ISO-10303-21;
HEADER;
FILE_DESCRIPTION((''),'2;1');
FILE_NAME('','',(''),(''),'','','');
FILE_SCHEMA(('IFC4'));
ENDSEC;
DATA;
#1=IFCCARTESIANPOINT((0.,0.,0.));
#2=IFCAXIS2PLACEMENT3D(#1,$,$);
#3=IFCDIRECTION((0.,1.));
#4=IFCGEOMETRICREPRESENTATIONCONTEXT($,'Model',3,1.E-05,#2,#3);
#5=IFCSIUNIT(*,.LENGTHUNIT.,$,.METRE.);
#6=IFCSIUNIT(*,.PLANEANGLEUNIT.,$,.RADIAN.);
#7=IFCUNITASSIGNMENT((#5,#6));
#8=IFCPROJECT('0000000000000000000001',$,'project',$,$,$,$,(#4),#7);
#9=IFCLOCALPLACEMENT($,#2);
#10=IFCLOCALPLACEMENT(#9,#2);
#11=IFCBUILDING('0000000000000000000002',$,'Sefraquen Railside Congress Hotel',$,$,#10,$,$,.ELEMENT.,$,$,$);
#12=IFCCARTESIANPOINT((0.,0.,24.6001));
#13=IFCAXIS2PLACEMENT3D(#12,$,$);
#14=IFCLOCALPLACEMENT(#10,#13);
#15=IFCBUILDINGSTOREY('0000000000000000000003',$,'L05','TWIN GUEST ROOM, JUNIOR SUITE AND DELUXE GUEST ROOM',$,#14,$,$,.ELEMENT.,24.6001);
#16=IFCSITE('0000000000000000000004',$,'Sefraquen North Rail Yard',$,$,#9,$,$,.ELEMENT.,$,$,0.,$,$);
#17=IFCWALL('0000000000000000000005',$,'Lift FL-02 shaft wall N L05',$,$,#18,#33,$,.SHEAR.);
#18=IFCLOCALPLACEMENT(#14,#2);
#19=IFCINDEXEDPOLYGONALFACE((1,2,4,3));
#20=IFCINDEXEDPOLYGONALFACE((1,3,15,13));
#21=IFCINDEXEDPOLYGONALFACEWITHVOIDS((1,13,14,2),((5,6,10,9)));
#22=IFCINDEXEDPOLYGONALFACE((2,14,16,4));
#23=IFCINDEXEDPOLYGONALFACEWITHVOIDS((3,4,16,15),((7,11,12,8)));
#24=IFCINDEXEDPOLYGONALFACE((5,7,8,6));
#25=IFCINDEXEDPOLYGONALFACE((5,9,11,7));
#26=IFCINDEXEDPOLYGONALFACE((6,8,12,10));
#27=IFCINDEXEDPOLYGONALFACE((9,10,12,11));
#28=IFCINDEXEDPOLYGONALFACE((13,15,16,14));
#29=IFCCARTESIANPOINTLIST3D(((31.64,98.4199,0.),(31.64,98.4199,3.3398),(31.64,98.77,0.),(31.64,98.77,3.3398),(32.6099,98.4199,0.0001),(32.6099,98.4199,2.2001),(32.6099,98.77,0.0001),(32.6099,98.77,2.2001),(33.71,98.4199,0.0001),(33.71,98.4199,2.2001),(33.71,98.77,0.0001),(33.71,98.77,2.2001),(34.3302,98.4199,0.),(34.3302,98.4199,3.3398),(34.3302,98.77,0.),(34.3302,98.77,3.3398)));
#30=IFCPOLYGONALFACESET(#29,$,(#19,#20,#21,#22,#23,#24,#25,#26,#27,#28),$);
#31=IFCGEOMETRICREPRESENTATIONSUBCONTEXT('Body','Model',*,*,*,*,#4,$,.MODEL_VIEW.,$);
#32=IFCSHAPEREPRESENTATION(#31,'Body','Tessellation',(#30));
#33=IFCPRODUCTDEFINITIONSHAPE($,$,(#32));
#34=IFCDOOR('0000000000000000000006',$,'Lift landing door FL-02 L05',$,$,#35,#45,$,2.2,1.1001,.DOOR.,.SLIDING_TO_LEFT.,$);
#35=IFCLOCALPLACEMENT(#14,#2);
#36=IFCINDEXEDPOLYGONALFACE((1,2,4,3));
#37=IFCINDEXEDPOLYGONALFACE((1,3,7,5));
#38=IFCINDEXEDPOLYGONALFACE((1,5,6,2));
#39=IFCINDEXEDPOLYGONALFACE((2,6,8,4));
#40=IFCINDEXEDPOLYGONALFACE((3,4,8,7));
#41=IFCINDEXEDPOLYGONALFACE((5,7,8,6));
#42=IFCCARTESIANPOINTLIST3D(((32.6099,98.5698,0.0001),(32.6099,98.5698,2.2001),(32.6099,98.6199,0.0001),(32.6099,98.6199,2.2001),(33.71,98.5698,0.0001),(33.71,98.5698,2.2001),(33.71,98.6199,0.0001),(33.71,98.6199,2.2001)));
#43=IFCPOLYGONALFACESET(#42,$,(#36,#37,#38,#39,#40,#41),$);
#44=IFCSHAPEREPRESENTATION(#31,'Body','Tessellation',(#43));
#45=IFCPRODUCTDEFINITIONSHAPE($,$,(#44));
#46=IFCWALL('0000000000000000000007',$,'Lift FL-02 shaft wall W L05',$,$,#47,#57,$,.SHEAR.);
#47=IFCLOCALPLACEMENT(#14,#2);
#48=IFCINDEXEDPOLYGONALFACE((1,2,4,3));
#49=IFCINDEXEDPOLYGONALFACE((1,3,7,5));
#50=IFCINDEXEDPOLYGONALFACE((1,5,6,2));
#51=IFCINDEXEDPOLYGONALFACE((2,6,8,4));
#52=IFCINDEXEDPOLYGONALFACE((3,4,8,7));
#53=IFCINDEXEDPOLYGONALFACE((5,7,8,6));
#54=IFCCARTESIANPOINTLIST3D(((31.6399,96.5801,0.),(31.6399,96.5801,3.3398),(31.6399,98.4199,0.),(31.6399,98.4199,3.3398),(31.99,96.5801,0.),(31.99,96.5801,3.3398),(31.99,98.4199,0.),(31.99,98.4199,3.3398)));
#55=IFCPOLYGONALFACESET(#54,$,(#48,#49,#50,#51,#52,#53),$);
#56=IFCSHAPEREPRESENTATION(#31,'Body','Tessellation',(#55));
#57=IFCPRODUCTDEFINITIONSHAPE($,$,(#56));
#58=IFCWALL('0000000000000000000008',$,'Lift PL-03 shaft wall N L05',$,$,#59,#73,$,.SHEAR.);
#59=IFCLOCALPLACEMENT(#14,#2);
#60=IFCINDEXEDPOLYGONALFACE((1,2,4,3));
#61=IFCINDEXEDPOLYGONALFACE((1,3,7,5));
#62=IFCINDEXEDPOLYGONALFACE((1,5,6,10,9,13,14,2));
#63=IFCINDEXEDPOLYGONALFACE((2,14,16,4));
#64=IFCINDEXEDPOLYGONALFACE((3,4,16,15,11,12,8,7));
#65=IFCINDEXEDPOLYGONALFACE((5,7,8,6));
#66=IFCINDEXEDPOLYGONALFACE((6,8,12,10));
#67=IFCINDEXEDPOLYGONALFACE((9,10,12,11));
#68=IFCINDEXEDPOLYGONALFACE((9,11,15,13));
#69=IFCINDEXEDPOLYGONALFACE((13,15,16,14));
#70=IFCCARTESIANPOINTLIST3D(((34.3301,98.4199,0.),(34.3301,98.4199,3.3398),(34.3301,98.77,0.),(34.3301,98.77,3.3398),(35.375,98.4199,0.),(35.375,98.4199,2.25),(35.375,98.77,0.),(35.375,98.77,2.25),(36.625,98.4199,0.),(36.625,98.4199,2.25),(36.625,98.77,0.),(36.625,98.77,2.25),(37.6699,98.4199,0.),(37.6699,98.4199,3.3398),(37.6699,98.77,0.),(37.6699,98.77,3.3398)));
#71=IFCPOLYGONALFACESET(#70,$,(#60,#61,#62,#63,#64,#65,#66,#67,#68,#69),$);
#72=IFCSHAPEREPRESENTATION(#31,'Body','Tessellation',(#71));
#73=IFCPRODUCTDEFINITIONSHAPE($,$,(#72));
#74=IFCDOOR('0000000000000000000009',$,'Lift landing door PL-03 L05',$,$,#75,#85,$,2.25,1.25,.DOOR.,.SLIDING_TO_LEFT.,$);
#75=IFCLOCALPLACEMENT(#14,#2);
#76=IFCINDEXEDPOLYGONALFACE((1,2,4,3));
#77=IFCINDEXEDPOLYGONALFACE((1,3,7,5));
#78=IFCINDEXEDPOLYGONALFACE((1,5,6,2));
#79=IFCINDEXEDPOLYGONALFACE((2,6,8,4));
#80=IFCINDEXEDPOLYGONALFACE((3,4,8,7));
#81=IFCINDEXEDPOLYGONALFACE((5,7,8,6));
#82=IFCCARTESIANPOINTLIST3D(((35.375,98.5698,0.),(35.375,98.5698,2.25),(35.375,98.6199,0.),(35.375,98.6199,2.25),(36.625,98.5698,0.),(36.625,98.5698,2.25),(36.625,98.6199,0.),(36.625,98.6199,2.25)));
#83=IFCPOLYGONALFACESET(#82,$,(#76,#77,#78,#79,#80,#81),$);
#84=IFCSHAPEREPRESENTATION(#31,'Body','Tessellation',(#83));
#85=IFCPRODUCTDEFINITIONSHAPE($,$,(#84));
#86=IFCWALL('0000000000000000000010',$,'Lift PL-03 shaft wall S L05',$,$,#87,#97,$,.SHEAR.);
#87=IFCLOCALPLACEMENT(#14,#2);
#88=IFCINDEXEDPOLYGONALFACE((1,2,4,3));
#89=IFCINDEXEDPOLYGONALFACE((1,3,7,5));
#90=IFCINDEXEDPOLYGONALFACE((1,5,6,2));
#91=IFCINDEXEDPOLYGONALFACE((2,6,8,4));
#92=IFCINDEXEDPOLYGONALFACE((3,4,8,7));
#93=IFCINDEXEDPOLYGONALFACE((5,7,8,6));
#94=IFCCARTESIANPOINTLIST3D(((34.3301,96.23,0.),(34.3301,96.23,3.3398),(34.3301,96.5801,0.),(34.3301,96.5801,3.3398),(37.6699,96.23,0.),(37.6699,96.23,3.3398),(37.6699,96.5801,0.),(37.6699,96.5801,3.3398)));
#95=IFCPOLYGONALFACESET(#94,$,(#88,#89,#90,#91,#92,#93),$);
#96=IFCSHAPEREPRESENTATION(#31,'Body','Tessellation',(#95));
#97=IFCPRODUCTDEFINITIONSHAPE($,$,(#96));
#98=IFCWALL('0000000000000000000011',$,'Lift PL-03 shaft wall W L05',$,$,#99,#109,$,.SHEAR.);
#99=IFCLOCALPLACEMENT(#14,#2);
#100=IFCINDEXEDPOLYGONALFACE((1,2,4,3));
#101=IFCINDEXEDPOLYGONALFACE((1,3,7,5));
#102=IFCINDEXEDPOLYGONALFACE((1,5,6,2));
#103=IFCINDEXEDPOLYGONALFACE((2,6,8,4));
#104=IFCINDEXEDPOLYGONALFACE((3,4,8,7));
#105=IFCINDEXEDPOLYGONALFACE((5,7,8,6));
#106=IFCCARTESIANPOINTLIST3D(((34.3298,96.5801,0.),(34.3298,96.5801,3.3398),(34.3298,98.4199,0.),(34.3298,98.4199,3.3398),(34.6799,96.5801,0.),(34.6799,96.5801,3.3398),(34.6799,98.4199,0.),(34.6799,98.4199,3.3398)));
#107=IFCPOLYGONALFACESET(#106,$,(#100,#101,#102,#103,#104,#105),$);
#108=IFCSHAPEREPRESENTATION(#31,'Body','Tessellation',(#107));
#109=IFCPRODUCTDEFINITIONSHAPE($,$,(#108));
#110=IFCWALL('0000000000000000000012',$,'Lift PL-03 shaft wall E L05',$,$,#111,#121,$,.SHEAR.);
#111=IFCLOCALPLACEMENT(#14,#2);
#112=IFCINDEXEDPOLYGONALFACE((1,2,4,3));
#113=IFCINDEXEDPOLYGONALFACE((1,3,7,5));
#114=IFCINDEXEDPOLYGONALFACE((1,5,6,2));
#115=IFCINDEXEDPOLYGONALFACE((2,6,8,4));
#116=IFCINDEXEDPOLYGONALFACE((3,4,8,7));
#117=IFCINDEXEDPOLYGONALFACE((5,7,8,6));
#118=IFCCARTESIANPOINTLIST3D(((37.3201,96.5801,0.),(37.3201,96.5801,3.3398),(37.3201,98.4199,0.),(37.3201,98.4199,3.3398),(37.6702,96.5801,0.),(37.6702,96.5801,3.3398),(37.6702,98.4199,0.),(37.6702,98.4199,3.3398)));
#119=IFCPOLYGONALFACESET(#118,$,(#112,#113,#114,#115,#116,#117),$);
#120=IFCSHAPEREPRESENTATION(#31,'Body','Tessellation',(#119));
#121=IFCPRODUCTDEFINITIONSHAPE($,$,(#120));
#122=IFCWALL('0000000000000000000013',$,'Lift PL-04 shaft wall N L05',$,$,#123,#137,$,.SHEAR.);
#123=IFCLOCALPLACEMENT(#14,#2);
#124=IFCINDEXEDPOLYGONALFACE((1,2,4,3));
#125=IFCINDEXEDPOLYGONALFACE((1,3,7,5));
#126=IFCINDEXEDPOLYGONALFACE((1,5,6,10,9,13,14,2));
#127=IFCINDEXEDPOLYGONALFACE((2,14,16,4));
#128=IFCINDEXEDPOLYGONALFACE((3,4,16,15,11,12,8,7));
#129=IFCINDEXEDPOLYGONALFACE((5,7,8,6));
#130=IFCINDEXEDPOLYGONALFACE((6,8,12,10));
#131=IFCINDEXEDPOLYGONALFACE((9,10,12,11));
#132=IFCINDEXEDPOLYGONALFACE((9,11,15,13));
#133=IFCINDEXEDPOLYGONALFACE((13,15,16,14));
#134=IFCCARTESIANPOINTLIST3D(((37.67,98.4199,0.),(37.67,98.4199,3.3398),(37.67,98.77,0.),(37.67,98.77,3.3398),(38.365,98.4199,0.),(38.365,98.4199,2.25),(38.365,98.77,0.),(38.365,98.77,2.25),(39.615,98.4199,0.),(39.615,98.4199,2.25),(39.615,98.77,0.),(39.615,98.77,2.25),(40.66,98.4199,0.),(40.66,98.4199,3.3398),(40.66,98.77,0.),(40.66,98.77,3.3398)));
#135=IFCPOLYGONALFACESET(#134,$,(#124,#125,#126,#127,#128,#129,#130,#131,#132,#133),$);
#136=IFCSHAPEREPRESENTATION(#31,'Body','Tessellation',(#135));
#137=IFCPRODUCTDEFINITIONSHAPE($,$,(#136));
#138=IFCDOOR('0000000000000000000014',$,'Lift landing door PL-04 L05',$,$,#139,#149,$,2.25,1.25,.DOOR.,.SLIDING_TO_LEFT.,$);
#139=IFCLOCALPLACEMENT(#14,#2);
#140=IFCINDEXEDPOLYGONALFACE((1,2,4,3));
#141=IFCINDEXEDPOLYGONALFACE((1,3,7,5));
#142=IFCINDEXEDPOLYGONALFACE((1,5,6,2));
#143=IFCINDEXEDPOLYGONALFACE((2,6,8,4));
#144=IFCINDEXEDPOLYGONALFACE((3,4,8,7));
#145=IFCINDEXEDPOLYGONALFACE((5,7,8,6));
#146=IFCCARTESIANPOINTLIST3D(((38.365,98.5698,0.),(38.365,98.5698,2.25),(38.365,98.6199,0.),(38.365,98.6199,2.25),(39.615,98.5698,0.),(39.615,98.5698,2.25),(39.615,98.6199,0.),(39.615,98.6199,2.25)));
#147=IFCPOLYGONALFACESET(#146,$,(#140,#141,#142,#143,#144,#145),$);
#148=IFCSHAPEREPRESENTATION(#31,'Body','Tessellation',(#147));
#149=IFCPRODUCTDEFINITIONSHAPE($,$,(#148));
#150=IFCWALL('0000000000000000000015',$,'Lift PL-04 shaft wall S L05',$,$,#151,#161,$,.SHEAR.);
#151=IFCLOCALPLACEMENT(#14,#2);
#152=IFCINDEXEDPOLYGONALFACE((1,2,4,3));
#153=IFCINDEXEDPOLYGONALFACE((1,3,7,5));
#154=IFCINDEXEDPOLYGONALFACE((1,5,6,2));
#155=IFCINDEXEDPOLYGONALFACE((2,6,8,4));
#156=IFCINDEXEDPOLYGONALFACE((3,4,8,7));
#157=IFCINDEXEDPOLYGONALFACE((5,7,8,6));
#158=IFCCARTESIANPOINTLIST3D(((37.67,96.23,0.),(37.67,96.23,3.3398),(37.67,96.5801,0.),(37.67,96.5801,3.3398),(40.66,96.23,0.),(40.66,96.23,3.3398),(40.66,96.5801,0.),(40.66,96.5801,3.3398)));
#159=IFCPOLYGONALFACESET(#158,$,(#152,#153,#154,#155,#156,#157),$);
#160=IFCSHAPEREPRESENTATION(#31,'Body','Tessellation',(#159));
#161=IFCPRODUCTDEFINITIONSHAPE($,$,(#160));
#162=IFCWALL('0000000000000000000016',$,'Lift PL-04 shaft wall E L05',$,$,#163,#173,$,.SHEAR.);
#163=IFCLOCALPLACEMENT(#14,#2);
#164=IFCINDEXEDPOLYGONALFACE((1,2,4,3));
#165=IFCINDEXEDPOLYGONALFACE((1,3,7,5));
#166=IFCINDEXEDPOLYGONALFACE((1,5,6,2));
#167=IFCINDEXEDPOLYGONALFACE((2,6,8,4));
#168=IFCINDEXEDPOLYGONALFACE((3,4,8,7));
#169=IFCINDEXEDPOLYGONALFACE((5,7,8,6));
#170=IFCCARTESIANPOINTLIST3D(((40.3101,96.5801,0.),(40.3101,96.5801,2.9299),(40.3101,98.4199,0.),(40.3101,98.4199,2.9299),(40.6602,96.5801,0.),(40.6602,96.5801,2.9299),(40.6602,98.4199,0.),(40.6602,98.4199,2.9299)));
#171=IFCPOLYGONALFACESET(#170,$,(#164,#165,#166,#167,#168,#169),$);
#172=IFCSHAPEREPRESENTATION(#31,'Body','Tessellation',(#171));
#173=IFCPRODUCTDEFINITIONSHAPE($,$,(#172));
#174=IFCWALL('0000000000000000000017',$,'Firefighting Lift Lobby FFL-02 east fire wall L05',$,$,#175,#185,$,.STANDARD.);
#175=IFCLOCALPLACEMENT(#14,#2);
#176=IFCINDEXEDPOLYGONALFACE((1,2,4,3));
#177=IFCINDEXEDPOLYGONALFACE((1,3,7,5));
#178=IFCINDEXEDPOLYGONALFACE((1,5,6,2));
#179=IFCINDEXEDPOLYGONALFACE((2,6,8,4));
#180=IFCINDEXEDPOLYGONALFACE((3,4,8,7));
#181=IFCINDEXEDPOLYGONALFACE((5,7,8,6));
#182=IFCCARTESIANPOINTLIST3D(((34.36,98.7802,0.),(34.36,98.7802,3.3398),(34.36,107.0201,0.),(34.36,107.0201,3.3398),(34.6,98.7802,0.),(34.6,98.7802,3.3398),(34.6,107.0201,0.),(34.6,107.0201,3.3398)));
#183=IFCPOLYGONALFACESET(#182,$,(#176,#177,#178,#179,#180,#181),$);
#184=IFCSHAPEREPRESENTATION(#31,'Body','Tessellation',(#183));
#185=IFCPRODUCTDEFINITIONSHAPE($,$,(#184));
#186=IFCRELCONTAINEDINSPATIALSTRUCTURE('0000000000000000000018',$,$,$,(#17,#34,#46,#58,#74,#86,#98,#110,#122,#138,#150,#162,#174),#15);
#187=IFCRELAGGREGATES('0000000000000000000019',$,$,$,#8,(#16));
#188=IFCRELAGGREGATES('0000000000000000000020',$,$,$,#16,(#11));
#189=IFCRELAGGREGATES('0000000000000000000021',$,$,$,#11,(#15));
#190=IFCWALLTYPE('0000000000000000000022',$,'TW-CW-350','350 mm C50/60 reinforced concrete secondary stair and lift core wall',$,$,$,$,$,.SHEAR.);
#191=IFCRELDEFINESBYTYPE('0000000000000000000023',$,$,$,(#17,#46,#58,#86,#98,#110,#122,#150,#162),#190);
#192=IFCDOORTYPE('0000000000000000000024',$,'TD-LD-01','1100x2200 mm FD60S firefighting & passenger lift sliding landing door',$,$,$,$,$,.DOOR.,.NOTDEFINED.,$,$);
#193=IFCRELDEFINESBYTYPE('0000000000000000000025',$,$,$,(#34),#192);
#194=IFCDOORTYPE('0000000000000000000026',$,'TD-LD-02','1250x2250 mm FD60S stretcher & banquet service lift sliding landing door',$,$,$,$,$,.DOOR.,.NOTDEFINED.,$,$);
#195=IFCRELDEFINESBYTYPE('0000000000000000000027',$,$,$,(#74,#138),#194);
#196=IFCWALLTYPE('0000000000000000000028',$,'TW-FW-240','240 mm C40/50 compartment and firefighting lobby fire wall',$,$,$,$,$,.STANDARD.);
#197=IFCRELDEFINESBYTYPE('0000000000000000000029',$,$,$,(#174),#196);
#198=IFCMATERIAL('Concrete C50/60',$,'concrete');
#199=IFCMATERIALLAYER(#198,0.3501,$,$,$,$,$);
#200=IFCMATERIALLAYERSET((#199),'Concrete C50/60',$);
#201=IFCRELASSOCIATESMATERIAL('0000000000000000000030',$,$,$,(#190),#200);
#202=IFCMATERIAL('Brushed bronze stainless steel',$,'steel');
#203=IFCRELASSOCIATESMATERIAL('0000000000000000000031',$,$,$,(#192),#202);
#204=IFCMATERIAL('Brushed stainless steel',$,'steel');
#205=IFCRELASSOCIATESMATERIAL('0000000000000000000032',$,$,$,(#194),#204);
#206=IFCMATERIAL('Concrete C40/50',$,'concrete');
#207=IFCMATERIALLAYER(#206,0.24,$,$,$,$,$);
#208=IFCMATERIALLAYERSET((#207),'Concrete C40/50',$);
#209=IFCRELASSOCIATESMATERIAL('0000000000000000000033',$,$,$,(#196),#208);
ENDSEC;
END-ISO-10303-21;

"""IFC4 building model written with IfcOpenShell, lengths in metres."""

from ifc_helpers import new_model, si_unit, direction, frame, frame_2d, origin, place, context, subcontext, project, spatial, rectangle, extrude, material, layer, layer_set, type_object, element, fill, save


model = new_model("IFC4")

# Units and contexts
model_context = context("Model", 3, precision=1e-05, world=origin(), true_north=direction((0.0, 1.0)))
body_context = subcontext(model_context, "Body", "Model", "MODEL_VIEW")
ifc_project = project(units=[si_unit("LENGTHUNIT", "METRE"), si_unit("PLANEANGLEUNIT", "RADIAN")], contexts=[model_context])

# Site, building, storey
site_placement = place(None, origin())
site = spatial("IfcSite", under=ifc_project, at=site_placement, Name="Sefraquen North Rail Yard", CompositionType="ELEMENT", RefElevation=0.0)
building_placement = place(site_placement, origin())
building = spatial("IfcBuilding", under=site, at=building_placement, Name="Sefraquen Railside Congress Hotel", CompositionType="ELEMENT")
storey_placement = place(building_placement, frame((0.0, 0.0, 24.6001)))
storey = spatial("IfcBuildingStorey", under=building, at=storey_placement, Name="L05", Description="TWIN GUEST ROOM, JUNIOR SUITE AND DELUXE GUEST ROOM", CompositionType="ELEMENT", Elevation=24.6001)

# Wall, opening, door
ifc_material_1 = material(Name="Concrete C50/60", Category="concrete")
ifc_layer_1 = layer(ifc_material_1, 0.3501)
ifc_layer_set_1 = layer_set([ifc_layer_1], Name="Concrete C50/60")
wall_type_1 = type_object("IfcWallType", Name="TW-CW-350", Description="350 mm C50/60 reinforced concrete secondary stair and lift core wall", PredefinedType="SHEAR", material=ifc_layer_set_1)
wall_1_placement = place(storey_placement, frame((31.6399, 98.595, 0.0), z_axis=(0.0, 0.0, 1.0), x_axis=(1.0, 0.0, 0.0)))
wall_1 = element("IfcWall", 1, at=wall_1_placement, inside=storey, type_object=wall_type_1, Name="Lift FL-02 shaft wall N L05", PredefinedType="SHEAR", context=body_context, shape_type="SweptSolid", body=[
    extrude(rectangle(XDim=2.6902, YDim=0.3501, at=frame_2d((1.3452, 0.0))), origin(), (0.0, 0.0, 1.0), 3.3398),
])
opening_1_placement = place(wall_1_placement, frame((0.97, 0.0, 0.0)))
opening_1 = element("IfcOpeningElement", 2, at=opening_1_placement, cuts=wall_1, PredefinedType="OPENING", context=body_context, shape_type="SweptSolid", body=[
    extrude(rectangle(XDim=1.1001, YDim=2.2, at=frame_2d((0.55, 1.1001))), frame((0.0, 0.1851, 0.0), z_axis=(0.0, -1.0, 0.0), x_axis=(1.0, 0.0, 0.0)), (0.0, 0.0, 1.0), 0.3701),
])
ifc_material_2 = material(Name="Brushed bronze stainless steel", Category="steel")
door_type_1 = type_object("IfcDoorType", Name="TD-LD-01", Description="1100x2200 mm FD60S firefighting & passenger lift sliding landing door", OperationType="NOTDEFINED", PredefinedType="DOOR", material=ifc_material_2)
door_1_placement = place(opening_1_placement, origin())
door_1 = element("IfcDoor", 3, at=door_1_placement, inside=storey, type_object=door_type_1, Name="Lift landing door FL-02 L05", OperationType="SLIDING_TO_LEFT", OverallHeight=2.2, OverallWidth=1.1001, PredefinedType="DOOR", context=body_context, shape_type="SweptSolid", body=[
    extrude(rectangle(XDim=1.1001, YDim=2.2, at=frame_2d((0.55, 1.1001))), frame((0.0, 0.0249, 0.0), z_axis=(0.0, -1.0, 0.0), x_axis=(1.0, 0.0, 0.0)), (0.0, 0.0, 1.0), 0.05),
])
fill(opening_1, door_1)

# Wall
wall_2_placement = place(storey_placement, frame((31.8149, 96.5801, 0.0), z_axis=(0.0, 0.0, 1.0), x_axis=(0.0, 1.0, 0.0)))
element("IfcWall", 4, at=wall_2_placement, inside=storey, type_object=wall_type_1, Name="Lift FL-02 shaft wall W L05", PredefinedType="SHEAR", context=body_context, shape_type="SweptSolid", body=[
    extrude(rectangle(XDim=1.8398, YDim=0.3501, at=frame_2d((0.9199, 0.0))), origin(), (0.0, 0.0, 1.0), 3.3398),
])

# Wall, opening, door
wall_3_placement = place(storey_placement, frame((34.3301, 98.595, 0.0), z_axis=(0.0, 0.0, 1.0), x_axis=(1.0, 0.0, 0.0)))
wall_3 = element("IfcWall", 5, at=wall_3_placement, inside=storey, type_object=wall_type_1, Name="Lift PL-03 shaft wall N L05", PredefinedType="SHEAR", context=body_context, shape_type="SweptSolid", body=[
    extrude(rectangle(XDim=3.3398, YDim=0.3501, at=frame_2d((1.6699, 0.0))), origin(), (0.0, 0.0, 1.0), 3.3398),
])
opening_2_placement = place(wall_3_placement, frame((1.0449, 0.0, 0.0)))
opening_2 = element("IfcOpeningElement", 6, at=opening_2_placement, cuts=wall_3, PredefinedType="OPENING", context=body_context, shape_type="SweptSolid", body=[
    extrude(rectangle(XDim=1.25, YDim=2.25, at=frame_2d((0.625, 1.125))), frame((0.0, 0.1851, 0.0), z_axis=(0.0, -1.0, 0.0), x_axis=(1.0, 0.0, 0.0)), (0.0, 0.0, 1.0), 0.3701),
])
ifc_material_3 = material(Name="Brushed stainless steel", Category="steel")
door_type_2 = type_object("IfcDoorType", Name="TD-LD-02", Description="1250x2250 mm FD60S stretcher & banquet service lift sliding landing door", OperationType="NOTDEFINED", PredefinedType="DOOR", material=ifc_material_3)
door_2_placement = place(opening_2_placement, origin())
door_2 = element("IfcDoor", 7, at=door_2_placement, inside=storey, type_object=door_type_2, Name="Lift landing door PL-03 L05", OperationType="SLIDING_TO_LEFT", OverallHeight=2.25, OverallWidth=1.25, PredefinedType="DOOR", context=body_context, shape_type="SweptSolid", body=[
    extrude(rectangle(XDim=1.25, YDim=2.25, at=frame_2d((0.625, 1.125))), frame((0.0, 0.0249, 0.0), z_axis=(0.0, -1.0, 0.0), x_axis=(1.0, 0.0, 0.0)), (0.0, 0.0, 1.0), 0.05),
])
fill(opening_2, door_2)

# Walls
wall_4_placement = place(storey_placement, frame((34.3301, 96.405, 0.0), z_axis=(0.0, 0.0, 1.0), x_axis=(1.0, 0.0, 0.0)))
element("IfcWall", 8, at=wall_4_placement, inside=storey, type_object=wall_type_1, Name="Lift PL-03 shaft wall S L05", PredefinedType="SHEAR", context=body_context, shape_type="SweptSolid", body=[
    extrude(rectangle(XDim=3.3398, YDim=0.3501, at=frame_2d((1.6699, 0.0))), origin(), (0.0, 0.0, 1.0), 3.3398),
])
for number, where, z_axis, x_axis, name in (
    (9, (34.5049, 96.5801, 0.0), (0.0, 0.0, 1.0), (0.0, 1.0, 0.0), "Lift PL-03 shaft wall W L05"),
    (10, (37.4951, 96.5801, 0.0), (0.0, 0.0, 1.0), (0.0, 1.0, 0.0), "Lift PL-03 shaft wall E L05"),
):
    element("IfcWall", number, at=place(storey_placement, frame(where, z_axis=z_axis, x_axis=x_axis)), inside=storey, type_object=wall_type_1, Name=name, PredefinedType="SHEAR", context=body_context, shape_type="SweptSolid", body=[
        extrude(rectangle(XDim=1.8398, YDim=0.3501, at=frame_2d((0.9199, 0.0))), origin(), (0.0, 0.0, 1.0), 3.3398),
    ])

# Wall, opening, door
wall_5_placement = place(storey_placement, frame((37.6699, 98.595, 0.0), z_axis=(0.0, 0.0, 1.0), x_axis=(1.0, 0.0, 0.0)))
wall_5 = element("IfcWall", 11, at=wall_5_placement, inside=storey, type_object=wall_type_1, Name="Lift PL-04 shaft wall N L05", PredefinedType="SHEAR", context=body_context, shape_type="SweptSolid", body=[
    extrude(rectangle(XDim=2.99, YDim=0.3501, at=frame_2d((1.4951, 0.0))), origin(), (0.0, 0.0, 1.0), 3.3398),
])
opening_3_placement = place(wall_5_placement, frame((0.6951, 0.0, 0.0)))
opening_3 = element("IfcOpeningElement", 12, at=opening_3_placement, cuts=wall_5, PredefinedType="OPENING", context=body_context, shape_type="SweptSolid", body=[
    extrude(rectangle(XDim=1.25, YDim=2.25, at=frame_2d((0.625, 1.125))), frame((0.0, 0.1851, 0.0), z_axis=(0.0, -1.0, 0.0), x_axis=(1.0, 0.0, 0.0)), (0.0, 0.0, 1.0), 0.3701),
])
door_3_placement = place(opening_3_placement, origin())
door_3 = element("IfcDoor", 13, at=door_3_placement, inside=storey, type_object=door_type_2, Name="Lift landing door PL-04 L05", OperationType="SLIDING_TO_LEFT", OverallHeight=2.25, OverallWidth=1.25, PredefinedType="DOOR", context=body_context, shape_type="SweptSolid", body=[
    extrude(rectangle(XDim=1.25, YDim=2.25, at=frame_2d((0.625, 1.125))), frame((0.0, 0.0249, 0.0), z_axis=(0.0, -1.0, 0.0), x_axis=(1.0, 0.0, 0.0)), (0.0, 0.0, 1.0), 0.05),
])
fill(opening_3, door_3)

# Walls
wall_6_placement = place(storey_placement, frame((37.6699, 96.405, 0.0), z_axis=(0.0, 0.0, 1.0), x_axis=(1.0, 0.0, 0.0)))
element("IfcWall", 14, at=wall_6_placement, inside=storey, type_object=wall_type_1, Name="Lift PL-04 shaft wall S L05", PredefinedType="SHEAR", context=body_context, shape_type="SweptSolid", body=[
    extrude(rectangle(XDim=2.99, YDim=0.3501, at=frame_2d((1.4951, 0.0))), origin(), (0.0, 0.0, 1.0), 3.3398),
])
wall_7_placement = place(storey_placement, frame((40.4851, 96.5801, 0.0), z_axis=(0.0, 0.0, 1.0), x_axis=(0.0, 1.0, 0.0)))
element("IfcWall", 15, at=wall_7_placement, inside=storey, type_object=wall_type_1, Name="Lift PL-04 shaft wall E L05", PredefinedType="SHEAR", context=body_context, shape_type="SweptSolid", body=[
    extrude(rectangle(XDim=1.8398, YDim=0.3501, at=frame_2d((0.9199, 0.0))), origin(), (0.0, 0.0, 1.0), 2.9299),
])
ifc_material_4 = material(Name="Concrete C40/50", Category="concrete")
ifc_layer_2 = layer(ifc_material_4, 0.24)
ifc_layer_set_2 = layer_set([ifc_layer_2], Name="Concrete C40/50")
wall_type_2 = type_object("IfcWallType", Name="TW-FW-240", Description="240 mm C40/50 compartment and firefighting lobby fire wall", PredefinedType="STANDARD", material=ifc_layer_set_2)
wall_8_placement = place(storey_placement, frame((34.48, 98.78, 0.0), z_axis=(0.0, 0.0, 1.0), x_axis=(0.0, 1.0, 0.0)))
element("IfcWall", 16, at=wall_8_placement, inside=storey, type_object=wall_type_2, Name="Firefighting Lift Lobby FFL-02 east fire wall L05", PredefinedType="STANDARD", context=body_context, shape_type="SweptSolid", body=[
    extrude(rectangle(XDim=8.24, YDim=0.24, at=frame_2d((4.1201, 0.0))), origin(), (0.0, 0.0, 1.0), 3.3398),
])

save(model, "model.ifc")
